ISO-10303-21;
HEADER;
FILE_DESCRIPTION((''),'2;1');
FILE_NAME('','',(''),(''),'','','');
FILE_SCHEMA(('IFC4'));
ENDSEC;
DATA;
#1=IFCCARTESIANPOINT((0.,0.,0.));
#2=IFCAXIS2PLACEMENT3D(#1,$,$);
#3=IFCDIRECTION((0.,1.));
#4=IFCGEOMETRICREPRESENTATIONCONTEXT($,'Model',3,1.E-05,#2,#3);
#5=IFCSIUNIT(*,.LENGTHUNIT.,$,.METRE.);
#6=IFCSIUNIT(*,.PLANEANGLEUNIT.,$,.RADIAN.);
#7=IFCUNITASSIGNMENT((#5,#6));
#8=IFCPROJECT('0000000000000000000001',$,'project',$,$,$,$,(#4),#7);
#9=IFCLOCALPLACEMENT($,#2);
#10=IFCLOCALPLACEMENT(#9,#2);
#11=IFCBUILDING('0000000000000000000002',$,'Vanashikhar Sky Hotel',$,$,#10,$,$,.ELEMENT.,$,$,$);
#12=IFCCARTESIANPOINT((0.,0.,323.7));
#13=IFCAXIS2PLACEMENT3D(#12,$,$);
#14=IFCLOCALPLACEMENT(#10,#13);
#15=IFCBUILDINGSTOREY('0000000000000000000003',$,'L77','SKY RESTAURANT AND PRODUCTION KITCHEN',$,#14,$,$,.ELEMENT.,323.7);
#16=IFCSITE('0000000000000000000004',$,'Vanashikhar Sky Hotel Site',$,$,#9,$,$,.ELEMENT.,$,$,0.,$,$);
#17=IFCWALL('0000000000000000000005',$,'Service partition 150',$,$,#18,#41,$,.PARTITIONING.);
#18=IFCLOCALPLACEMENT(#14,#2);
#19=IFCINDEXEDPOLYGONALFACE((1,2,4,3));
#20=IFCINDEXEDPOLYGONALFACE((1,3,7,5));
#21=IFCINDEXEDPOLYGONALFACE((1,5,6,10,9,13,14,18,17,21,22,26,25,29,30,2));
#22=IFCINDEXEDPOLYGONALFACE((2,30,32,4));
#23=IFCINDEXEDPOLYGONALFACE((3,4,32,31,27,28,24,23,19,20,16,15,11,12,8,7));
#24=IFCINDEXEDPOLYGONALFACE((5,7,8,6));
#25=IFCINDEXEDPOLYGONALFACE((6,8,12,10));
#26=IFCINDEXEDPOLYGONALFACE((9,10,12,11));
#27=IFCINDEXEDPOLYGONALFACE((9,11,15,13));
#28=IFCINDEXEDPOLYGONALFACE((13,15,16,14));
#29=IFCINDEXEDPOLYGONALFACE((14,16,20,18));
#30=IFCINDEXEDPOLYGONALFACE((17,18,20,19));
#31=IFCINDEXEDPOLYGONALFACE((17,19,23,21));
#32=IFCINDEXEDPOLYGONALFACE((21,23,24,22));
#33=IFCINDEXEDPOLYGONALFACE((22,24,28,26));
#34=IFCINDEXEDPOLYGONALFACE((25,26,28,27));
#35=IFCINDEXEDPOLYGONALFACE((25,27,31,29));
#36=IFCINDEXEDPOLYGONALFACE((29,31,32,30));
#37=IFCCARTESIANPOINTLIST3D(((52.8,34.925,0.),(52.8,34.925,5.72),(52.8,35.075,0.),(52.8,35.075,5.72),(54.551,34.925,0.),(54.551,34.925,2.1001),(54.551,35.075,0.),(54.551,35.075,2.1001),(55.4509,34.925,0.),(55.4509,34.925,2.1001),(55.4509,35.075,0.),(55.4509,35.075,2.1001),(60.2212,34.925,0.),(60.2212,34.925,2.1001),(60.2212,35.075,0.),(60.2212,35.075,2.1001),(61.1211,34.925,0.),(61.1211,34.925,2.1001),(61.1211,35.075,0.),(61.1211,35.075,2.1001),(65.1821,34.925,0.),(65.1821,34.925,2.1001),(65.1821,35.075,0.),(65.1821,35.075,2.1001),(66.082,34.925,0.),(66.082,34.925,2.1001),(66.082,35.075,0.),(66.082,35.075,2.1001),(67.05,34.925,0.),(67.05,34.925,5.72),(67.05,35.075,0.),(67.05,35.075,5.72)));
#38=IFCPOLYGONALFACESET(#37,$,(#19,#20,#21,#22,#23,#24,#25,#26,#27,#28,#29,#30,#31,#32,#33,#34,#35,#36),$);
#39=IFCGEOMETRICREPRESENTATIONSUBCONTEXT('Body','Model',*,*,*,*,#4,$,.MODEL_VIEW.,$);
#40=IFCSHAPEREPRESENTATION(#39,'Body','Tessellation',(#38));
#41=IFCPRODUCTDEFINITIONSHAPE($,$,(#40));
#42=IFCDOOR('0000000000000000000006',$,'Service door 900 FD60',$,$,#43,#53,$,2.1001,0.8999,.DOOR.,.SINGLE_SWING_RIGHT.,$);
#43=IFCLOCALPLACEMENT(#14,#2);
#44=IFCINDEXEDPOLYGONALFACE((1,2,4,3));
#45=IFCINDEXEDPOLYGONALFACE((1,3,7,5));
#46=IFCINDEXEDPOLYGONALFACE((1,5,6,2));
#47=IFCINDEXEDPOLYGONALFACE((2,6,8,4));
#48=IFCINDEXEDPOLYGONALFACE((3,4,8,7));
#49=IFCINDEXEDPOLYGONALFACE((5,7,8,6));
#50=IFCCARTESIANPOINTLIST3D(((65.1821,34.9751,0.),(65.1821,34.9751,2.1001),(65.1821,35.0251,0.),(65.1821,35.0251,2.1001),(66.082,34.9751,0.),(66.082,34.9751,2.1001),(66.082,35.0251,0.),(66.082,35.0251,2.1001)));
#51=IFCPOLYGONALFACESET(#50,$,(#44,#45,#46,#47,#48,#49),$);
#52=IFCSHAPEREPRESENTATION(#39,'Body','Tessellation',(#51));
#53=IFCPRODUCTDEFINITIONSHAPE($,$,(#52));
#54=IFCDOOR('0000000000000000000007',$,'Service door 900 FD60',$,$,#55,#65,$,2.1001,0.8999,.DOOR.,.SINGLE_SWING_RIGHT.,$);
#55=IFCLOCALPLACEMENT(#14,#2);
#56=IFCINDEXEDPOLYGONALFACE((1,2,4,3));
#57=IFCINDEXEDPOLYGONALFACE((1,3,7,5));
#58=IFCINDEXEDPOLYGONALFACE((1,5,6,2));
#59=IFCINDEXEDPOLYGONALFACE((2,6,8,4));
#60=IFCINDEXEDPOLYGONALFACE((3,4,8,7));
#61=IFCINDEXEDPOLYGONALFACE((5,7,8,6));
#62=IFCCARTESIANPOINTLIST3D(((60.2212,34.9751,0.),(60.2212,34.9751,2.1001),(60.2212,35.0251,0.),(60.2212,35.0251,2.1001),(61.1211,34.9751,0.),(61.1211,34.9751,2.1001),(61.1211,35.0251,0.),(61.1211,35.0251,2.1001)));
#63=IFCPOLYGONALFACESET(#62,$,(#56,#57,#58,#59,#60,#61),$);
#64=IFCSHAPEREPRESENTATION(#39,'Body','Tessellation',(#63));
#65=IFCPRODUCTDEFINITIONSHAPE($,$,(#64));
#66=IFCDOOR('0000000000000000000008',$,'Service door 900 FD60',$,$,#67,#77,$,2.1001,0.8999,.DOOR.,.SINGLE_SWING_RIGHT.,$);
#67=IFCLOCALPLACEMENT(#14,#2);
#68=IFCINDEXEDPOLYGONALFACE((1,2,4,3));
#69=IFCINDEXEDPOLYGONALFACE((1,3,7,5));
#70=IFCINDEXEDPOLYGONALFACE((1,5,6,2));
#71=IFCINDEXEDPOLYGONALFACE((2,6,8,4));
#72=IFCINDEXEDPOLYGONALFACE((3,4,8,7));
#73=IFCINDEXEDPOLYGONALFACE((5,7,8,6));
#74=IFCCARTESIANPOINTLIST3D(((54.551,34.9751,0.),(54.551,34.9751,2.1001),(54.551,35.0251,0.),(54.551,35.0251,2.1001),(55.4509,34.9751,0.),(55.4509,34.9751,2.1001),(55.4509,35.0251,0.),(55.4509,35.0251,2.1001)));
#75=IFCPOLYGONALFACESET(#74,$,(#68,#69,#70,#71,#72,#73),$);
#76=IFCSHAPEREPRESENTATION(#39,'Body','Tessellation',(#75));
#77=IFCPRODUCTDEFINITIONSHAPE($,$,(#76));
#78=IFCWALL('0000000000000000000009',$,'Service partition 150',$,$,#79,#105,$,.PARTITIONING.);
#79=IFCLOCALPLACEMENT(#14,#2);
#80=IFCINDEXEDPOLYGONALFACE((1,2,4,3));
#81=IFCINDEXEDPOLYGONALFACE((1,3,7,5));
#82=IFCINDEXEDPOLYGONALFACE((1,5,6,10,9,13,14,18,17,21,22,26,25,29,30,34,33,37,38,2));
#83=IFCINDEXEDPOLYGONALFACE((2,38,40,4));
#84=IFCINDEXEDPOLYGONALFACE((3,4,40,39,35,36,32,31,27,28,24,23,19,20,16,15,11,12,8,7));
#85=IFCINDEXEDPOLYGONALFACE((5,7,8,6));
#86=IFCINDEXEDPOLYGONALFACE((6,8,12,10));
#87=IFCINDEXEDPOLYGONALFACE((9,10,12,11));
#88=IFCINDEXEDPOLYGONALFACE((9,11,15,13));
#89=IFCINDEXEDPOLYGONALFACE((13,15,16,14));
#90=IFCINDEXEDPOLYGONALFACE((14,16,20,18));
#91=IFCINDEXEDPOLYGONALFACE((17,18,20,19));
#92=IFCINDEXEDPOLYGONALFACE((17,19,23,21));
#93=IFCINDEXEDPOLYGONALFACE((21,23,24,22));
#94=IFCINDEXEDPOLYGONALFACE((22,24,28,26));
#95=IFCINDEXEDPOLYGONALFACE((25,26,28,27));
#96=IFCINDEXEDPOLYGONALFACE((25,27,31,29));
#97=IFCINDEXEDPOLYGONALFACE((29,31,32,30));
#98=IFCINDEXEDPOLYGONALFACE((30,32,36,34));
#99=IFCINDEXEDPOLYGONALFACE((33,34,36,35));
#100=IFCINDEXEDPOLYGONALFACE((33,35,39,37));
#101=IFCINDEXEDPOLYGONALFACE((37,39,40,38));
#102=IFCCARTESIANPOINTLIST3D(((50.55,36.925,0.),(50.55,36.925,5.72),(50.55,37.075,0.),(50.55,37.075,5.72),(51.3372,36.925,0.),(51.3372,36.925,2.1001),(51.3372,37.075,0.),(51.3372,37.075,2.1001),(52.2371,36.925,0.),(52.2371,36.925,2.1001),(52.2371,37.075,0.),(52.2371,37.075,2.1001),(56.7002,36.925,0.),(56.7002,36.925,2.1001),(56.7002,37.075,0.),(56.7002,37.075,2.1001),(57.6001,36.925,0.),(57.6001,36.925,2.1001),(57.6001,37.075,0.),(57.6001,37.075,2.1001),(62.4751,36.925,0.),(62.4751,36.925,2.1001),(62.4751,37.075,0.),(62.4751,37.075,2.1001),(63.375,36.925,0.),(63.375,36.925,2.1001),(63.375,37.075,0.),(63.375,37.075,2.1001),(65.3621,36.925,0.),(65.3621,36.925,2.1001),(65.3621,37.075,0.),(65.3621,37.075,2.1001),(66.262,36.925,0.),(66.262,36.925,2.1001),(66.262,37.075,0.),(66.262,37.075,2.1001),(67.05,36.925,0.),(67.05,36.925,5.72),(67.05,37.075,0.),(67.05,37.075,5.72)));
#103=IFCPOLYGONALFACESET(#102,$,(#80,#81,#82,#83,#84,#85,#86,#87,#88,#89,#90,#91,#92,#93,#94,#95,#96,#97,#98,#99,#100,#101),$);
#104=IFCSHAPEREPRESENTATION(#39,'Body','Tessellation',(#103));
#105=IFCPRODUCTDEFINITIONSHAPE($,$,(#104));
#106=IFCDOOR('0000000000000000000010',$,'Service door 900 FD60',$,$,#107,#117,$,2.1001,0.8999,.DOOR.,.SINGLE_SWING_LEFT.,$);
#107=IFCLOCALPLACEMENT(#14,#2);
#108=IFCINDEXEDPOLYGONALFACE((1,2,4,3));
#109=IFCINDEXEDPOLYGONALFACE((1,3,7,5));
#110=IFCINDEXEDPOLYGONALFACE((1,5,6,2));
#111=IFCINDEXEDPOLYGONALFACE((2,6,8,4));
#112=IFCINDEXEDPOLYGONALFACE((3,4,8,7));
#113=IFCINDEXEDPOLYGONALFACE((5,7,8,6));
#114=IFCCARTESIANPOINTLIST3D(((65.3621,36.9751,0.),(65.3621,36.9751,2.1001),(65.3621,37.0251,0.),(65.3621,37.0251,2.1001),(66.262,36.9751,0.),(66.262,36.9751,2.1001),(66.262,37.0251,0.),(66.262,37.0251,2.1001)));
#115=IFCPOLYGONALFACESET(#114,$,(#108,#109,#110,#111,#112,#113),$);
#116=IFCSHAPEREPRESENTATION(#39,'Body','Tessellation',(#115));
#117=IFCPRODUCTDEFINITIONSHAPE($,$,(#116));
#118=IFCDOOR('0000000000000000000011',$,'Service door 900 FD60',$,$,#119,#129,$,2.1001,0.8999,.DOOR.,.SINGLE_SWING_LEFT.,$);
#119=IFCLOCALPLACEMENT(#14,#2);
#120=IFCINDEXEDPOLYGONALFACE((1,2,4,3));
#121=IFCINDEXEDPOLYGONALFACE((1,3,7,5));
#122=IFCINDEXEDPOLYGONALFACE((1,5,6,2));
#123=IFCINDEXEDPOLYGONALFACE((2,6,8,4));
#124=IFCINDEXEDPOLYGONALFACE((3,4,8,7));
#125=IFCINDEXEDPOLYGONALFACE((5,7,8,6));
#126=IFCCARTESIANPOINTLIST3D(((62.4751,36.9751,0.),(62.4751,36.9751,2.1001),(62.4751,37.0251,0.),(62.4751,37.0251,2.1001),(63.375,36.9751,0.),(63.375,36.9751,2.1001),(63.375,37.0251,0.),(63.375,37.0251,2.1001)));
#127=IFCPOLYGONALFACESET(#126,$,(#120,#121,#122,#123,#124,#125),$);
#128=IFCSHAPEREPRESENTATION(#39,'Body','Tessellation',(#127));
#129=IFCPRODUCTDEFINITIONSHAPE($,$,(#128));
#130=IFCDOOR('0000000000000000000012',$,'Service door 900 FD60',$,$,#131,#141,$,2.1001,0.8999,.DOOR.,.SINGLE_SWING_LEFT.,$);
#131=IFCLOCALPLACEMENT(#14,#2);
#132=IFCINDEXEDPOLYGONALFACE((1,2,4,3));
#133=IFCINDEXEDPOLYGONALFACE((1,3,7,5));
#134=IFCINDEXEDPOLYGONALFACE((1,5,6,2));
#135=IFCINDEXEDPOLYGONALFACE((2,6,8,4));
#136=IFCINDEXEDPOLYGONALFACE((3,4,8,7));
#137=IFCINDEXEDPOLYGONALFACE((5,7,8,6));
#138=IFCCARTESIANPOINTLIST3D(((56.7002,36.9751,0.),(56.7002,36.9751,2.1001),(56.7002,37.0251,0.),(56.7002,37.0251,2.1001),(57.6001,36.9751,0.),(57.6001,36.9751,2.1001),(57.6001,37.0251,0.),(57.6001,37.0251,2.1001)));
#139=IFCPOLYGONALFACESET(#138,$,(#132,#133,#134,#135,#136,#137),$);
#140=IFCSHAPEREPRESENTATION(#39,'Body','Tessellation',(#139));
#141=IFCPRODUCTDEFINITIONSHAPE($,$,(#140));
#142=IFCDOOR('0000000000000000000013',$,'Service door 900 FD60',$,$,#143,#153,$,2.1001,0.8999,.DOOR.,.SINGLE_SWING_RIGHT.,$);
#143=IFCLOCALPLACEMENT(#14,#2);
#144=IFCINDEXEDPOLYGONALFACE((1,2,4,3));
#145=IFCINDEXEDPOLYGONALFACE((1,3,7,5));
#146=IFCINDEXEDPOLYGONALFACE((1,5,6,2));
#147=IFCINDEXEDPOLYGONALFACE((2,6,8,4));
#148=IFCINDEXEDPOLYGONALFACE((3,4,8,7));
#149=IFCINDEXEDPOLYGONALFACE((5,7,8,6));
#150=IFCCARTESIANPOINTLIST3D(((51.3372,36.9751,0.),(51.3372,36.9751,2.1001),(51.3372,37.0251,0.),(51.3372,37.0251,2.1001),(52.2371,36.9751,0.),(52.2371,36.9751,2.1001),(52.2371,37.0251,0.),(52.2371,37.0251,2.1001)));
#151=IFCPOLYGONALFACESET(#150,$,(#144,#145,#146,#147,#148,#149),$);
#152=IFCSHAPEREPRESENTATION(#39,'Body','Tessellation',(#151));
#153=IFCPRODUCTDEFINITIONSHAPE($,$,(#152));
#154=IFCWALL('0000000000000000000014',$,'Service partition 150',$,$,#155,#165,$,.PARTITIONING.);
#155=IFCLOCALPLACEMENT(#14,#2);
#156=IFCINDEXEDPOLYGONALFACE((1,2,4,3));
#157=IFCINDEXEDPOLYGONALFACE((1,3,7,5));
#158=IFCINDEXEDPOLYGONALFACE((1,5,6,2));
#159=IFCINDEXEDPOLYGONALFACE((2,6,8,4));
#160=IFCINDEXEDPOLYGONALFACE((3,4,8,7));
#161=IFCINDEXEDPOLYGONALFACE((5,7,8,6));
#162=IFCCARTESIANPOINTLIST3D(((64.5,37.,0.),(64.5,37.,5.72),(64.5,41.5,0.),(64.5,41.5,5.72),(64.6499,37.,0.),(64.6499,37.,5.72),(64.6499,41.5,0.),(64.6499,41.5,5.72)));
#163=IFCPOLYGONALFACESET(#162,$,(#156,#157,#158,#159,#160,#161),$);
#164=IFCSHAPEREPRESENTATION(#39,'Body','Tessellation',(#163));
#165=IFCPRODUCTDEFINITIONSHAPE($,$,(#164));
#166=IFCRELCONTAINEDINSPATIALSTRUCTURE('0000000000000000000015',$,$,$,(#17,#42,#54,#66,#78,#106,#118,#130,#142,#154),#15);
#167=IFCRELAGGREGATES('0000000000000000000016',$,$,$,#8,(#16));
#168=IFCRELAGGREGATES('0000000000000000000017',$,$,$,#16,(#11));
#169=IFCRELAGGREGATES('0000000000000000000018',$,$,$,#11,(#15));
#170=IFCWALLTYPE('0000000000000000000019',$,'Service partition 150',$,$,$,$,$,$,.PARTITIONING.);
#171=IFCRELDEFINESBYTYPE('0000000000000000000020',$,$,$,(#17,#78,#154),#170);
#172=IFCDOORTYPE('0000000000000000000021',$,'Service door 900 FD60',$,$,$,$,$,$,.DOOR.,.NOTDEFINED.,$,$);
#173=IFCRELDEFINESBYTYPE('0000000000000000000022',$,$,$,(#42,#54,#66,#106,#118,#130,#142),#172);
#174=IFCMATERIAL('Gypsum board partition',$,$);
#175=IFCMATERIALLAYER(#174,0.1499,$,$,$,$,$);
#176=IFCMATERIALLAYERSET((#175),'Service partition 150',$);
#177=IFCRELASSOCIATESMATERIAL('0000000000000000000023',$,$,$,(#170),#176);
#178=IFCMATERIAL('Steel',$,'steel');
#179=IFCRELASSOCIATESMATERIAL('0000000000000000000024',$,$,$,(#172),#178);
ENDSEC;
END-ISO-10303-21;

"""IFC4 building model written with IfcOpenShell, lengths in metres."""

from ifc_helpers import new_model, si_unit, direction, frame, frame_2d, origin, place, context, subcontext, project, spatial, rectangle, extrude, source, transform, mapped, material, layer, layer_set, type_object, element, fill, save


model = new_model("IFC4")

# Units and contexts
model_context = context("Model", 3, precision=1e-05, world=origin(), true_north=direction((0.0, 1.0)))
body_context = subcontext(model_context, "Body", "Model", "MODEL_VIEW")
ifc_project = project(units=[si_unit("LENGTHUNIT", "METRE"), si_unit("PLANEANGLEUNIT", "RADIAN")], contexts=[model_context])

# Site, building, storey
site_placement = place(None, origin())
site = spatial("IfcSite", under=ifc_project, at=site_placement, Name="Vanashikhar Sky Hotel Site", CompositionType="ELEMENT", RefElevation=0.0)
building_placement = place(site_placement, origin())
building = spatial("IfcBuilding", under=site, at=building_placement, Name="Vanashikhar Sky Hotel", CompositionType="ELEMENT")
storey_placement = place(building_placement, frame((0.0, 0.0, 323.7)))
storey = spatial("IfcBuildingStorey", under=building, at=storey_placement, Name="L77", Description="SKY RESTAURANT AND PRODUCTION KITCHEN", CompositionType="ELEMENT", Elevation=323.7)

# Shared definitions
ifc_material_1 = material(Name="Steel", Category="steel")

# Shared definitions
ifc_material_2 = material(Name="Gypsum board partition")
ifc_layer_1 = layer(ifc_material_2, 0.1499)
ifc_layer_set_1 = layer_set([ifc_layer_1], Name="Service partition 150")
wall_type_1 = type_object("IfcWallType", Name="Service partition 150", PredefinedType="PARTITIONING", material=ifc_layer_set_1)

# Walls, openings, doors
shared_shape_1 = source(origin(), body_context, "Body", "SweptSolid", [
    extrude(rectangle(XDim=14.25, YDim=0.1499, at=frame_2d((7.125, 0.0))), origin(), (0.0, 0.0, 1.0), 5.72),
])
wall_1_placement = place(storey_placement, frame((67.05, 35.0, 0.0), z_axis=(0.0, 0.0, 1.0), x_axis=(-1.0, 0.0, 0.0)))
wall_1 = element("IfcWall", 1, at=wall_1_placement, inside=storey, type_object=wall_type_1, Name="Service partition 150", PredefinedType="PARTITIONING", context=body_context, shape_type="MappedRepresentation", body=[
    mapped(shared_shape_1, transform((0.0, 0.0, 0.0), scale=1.0)),
])
shared_shape_2 = source(origin(), body_context, "Body", "SweptSolid", [
    extrude(rectangle(XDim=0.8999, YDim=2.1001, at=frame_2d((0.45, 1.05))), frame((0.0, 0.085, 0.0), z_axis=(0.0, -1.0, 0.0), x_axis=(1.0, 0.0, 0.0)), (0.0, 0.0, 1.0), 0.1699),
])
opening_1_placement = place(wall_1_placement, frame((0.968, 0.0, 0.0)))
opening_1 = element("IfcOpeningElement", 2, at=opening_1_placement, cuts=wall_1, PredefinedType="OPENING", context=body_context, shape_type="MappedRepresentation", body=[
    mapped(shared_shape_2, transform((0.0, 0.0, 0.0), scale=1.0)),
])
opening_2_placement = place(wall_1_placement, frame((5.929, 0.0, 0.0)))
opening_2 = element("IfcOpeningElement", 3, at=opening_2_placement, cuts=wall_1, PredefinedType="OPENING", context=body_context, shape_type="MappedRepresentation", body=[
    mapped(shared_shape_2, transform((0.0, 0.0, 0.0), scale=1.0)),
])
opening_3_placement = place(wall_1_placement, frame((11.5991, 0.0, 0.0)))
opening_3 = element("IfcOpeningElement", 4, at=opening_3_placement, cuts=wall_1, PredefinedType="OPENING", context=body_context, shape_type="MappedRepresentation", body=[
    mapped(shared_shape_2, transform((0.0, 0.0, 0.0), scale=1.0)),
])
door_type_1 = type_object("IfcDoorType", Name="Service door 900 FD60", OperationType="NOTDEFINED", PredefinedType="DOOR", material=ifc_material_1)
shared_shape_3 = source(origin(), body_context, "Body", "SweptSolid", [
    extrude(rectangle(XDim=0.8999, YDim=2.1001, at=frame_2d((0.45, 1.05))), frame((0.0, 0.0249, 0.0), z_axis=(0.0, -1.0, 0.0), x_axis=(1.0, 0.0, 0.0)), (0.0, 0.0, 1.0), 0.05),
])
door_1_placement = place(opening_1_placement, origin())
door_1 = element("IfcDoor", 5, at=door_1_placement, inside=storey, type_object=door_type_1, Name="Service door 900 FD60", OperationType="SINGLE_SWING_RIGHT", OverallHeight=2.1001, OverallWidth=0.8999, PredefinedType="DOOR", context=body_context, shape_type="MappedRepresentation", body=[
    mapped(shared_shape_3, transform((0.0, 0.0, 0.0), scale=1.0)),
])
fill(opening_1, door_1)
door_2_placement = place(opening_2_placement, origin())
door_2 = element("IfcDoor", 6, at=door_2_placement, inside=storey, type_object=door_type_1, Name="Service door 900 FD60", OperationType="SINGLE_SWING_RIGHT", OverallHeight=2.1001, OverallWidth=0.8999, PredefinedType="DOOR", context=body_context, shape_type="MappedRepresentation", body=[
    mapped(shared_shape_3, transform((0.0, 0.0, 0.0), scale=1.0)),
])
fill(opening_2, door_2)
door_3_placement = place(opening_3_placement, origin())
door_3 = element("IfcDoor", 7, at=door_3_placement, inside=storey, type_object=door_type_1, Name="Service door 900 FD60", OperationType="SINGLE_SWING_RIGHT", OverallHeight=2.1001, OverallWidth=0.8999, PredefinedType="DOOR", context=body_context, shape_type="MappedRepresentation", body=[
    mapped(shared_shape_3, transform((0.0, 0.0, 0.0), scale=1.0)),
])
fill(opening_3, door_3)
shared_shape_4 = source(origin(), body_context, "Body", "SweptSolid", [
    extrude(rectangle(XDim=16.5, YDim=0.1499, at=frame_2d((8.25, 0.0))), origin(), (0.0, 0.0, 1.0), 5.72),
])
wall_2_placement = place(storey_placement, frame((67.05, 37.0, 0.0), z_axis=(0.0, 0.0, 1.0), x_axis=(-1.0, 0.0, 0.0)))
wall_2 = element("IfcWall", 8, at=wall_2_placement, inside=storey, type_object=wall_type_1, Name="Service partition 150", PredefinedType="PARTITIONING", context=body_context, shape_type="MappedRepresentation", body=[
    mapped(shared_shape_4, transform((0.0, 0.0, 0.0), scale=1.0)),
])
opening_4_placement = place(wall_2_placement, frame((0.7881, 0.0, 0.0)))
opening_4 = element("IfcOpeningElement", 9, at=opening_4_placement, cuts=wall_2, PredefinedType="OPENING", context=body_context, shape_type="MappedRepresentation", body=[
    mapped(shared_shape_2, transform((0.0, 0.0, 0.0), scale=1.0)),
])
opening_5_placement = place(wall_2_placement, frame((3.675, 0.0, 0.0)))
opening_5 = element("IfcOpeningElement", 10, at=opening_5_placement, cuts=wall_2, PredefinedType="OPENING", context=body_context, shape_type="MappedRepresentation", body=[
    mapped(shared_shape_2, transform((0.0, 0.0, 0.0), scale=1.0)),
])
opening_6_placement = place(wall_2_placement, frame((9.45, 0.0, 0.0)))
opening_6 = element("IfcOpeningElement", 11, at=opening_6_placement, cuts=wall_2, PredefinedType="OPENING", context=body_context, shape_type="MappedRepresentation", body=[
    mapped(shared_shape_2, transform((0.0, 0.0, 0.0), scale=1.0)),
])
opening_7_placement = place(wall_2_placement, frame((14.813, 0.0, 0.0)))
opening_7 = element("IfcOpeningElement", 12, at=opening_7_placement, cuts=wall_2, PredefinedType="OPENING", context=body_context, shape_type="MappedRepresentation", body=[
    mapped(shared_shape_2, transform((0.0, 0.0, 0.0), scale=1.0)),
])
door_4_placement = place(opening_4_placement, origin())
door_4 = element("IfcDoor", 13, at=door_4_placement, inside=storey, type_object=door_type_1, Name="Service door 900 FD60", OperationType="SINGLE_SWING_LEFT", OverallHeight=2.1001, OverallWidth=0.8999, PredefinedType="DOOR", context=body_context, shape_type="MappedRepresentation", body=[
    mapped(shared_shape_3, transform((0.0, 0.0, 0.0), scale=1.0)),
])
fill(opening_4, door_4)
door_5_placement = place(opening_5_placement, origin())
door_5 = element("IfcDoor", 14, at=door_5_placement, inside=storey, type_object=door_type_1, Name="Service door 900 FD60", OperationType="SINGLE_SWING_LEFT", OverallHeight=2.1001, OverallWidth=0.8999, PredefinedType="DOOR", context=body_context, shape_type="MappedRepresentation", body=[
    mapped(shared_shape_3, transform((0.0, 0.0, 0.0), scale=1.0)),
])
fill(opening_5, door_5)
door_6_placement = place(opening_6_placement, origin())
door_6 = element("IfcDoor", 15, at=door_6_placement, inside=storey, type_object=door_type_1, Name="Service door 900 FD60", OperationType="SINGLE_SWING_LEFT", OverallHeight=2.1001, OverallWidth=0.8999, PredefinedType="DOOR", context=body_context, shape_type="MappedRepresentation", body=[
    mapped(shared_shape_3, transform((0.0, 0.0, 0.0), scale=1.0)),
])
fill(opening_6, door_6)
door_7_placement = place(opening_7_placement, origin())
door_7 = element("IfcDoor", 16, at=door_7_placement, inside=storey, type_object=door_type_1, Name="Service door 900 FD60", OperationType="SINGLE_SWING_RIGHT", OverallHeight=2.1001, OverallWidth=0.8999, PredefinedType="DOOR", context=body_context, shape_type="MappedRepresentation", body=[
    mapped(shared_shape_3, transform((0.0, 0.0, 0.0), scale=1.0)),
])
fill(opening_7, door_7)

# Wall
shared_shape_5 = source(origin(), body_context, "Body", "SweptSolid", [
    extrude(rectangle(XDim=4.5, YDim=0.1499, at=frame_2d((2.25, 0.0))), origin(), (0.0, 0.0, 1.0), 5.72),
])
for number, where, z_axis, x_axis, name in (
    (17, (64.575, 37.0, 0.0), (0.0, 0.0, 1.0), (0.0, 1.0, 0.0), "Service partition 150"),
):
    element("IfcWall", number, at=place(storey_placement, frame(where, z_axis=z_axis, x_axis=x_axis)), inside=storey, type_object=wall_type_1, Name=name, PredefinedType="PARTITIONING", context=body_context, shape_type="MappedRepresentation", body=[
        mapped(shared_shape_5, transform((0.0, 0.0, 0.0), scale=1.0)),
    ])

save(model, "model.ifc")
